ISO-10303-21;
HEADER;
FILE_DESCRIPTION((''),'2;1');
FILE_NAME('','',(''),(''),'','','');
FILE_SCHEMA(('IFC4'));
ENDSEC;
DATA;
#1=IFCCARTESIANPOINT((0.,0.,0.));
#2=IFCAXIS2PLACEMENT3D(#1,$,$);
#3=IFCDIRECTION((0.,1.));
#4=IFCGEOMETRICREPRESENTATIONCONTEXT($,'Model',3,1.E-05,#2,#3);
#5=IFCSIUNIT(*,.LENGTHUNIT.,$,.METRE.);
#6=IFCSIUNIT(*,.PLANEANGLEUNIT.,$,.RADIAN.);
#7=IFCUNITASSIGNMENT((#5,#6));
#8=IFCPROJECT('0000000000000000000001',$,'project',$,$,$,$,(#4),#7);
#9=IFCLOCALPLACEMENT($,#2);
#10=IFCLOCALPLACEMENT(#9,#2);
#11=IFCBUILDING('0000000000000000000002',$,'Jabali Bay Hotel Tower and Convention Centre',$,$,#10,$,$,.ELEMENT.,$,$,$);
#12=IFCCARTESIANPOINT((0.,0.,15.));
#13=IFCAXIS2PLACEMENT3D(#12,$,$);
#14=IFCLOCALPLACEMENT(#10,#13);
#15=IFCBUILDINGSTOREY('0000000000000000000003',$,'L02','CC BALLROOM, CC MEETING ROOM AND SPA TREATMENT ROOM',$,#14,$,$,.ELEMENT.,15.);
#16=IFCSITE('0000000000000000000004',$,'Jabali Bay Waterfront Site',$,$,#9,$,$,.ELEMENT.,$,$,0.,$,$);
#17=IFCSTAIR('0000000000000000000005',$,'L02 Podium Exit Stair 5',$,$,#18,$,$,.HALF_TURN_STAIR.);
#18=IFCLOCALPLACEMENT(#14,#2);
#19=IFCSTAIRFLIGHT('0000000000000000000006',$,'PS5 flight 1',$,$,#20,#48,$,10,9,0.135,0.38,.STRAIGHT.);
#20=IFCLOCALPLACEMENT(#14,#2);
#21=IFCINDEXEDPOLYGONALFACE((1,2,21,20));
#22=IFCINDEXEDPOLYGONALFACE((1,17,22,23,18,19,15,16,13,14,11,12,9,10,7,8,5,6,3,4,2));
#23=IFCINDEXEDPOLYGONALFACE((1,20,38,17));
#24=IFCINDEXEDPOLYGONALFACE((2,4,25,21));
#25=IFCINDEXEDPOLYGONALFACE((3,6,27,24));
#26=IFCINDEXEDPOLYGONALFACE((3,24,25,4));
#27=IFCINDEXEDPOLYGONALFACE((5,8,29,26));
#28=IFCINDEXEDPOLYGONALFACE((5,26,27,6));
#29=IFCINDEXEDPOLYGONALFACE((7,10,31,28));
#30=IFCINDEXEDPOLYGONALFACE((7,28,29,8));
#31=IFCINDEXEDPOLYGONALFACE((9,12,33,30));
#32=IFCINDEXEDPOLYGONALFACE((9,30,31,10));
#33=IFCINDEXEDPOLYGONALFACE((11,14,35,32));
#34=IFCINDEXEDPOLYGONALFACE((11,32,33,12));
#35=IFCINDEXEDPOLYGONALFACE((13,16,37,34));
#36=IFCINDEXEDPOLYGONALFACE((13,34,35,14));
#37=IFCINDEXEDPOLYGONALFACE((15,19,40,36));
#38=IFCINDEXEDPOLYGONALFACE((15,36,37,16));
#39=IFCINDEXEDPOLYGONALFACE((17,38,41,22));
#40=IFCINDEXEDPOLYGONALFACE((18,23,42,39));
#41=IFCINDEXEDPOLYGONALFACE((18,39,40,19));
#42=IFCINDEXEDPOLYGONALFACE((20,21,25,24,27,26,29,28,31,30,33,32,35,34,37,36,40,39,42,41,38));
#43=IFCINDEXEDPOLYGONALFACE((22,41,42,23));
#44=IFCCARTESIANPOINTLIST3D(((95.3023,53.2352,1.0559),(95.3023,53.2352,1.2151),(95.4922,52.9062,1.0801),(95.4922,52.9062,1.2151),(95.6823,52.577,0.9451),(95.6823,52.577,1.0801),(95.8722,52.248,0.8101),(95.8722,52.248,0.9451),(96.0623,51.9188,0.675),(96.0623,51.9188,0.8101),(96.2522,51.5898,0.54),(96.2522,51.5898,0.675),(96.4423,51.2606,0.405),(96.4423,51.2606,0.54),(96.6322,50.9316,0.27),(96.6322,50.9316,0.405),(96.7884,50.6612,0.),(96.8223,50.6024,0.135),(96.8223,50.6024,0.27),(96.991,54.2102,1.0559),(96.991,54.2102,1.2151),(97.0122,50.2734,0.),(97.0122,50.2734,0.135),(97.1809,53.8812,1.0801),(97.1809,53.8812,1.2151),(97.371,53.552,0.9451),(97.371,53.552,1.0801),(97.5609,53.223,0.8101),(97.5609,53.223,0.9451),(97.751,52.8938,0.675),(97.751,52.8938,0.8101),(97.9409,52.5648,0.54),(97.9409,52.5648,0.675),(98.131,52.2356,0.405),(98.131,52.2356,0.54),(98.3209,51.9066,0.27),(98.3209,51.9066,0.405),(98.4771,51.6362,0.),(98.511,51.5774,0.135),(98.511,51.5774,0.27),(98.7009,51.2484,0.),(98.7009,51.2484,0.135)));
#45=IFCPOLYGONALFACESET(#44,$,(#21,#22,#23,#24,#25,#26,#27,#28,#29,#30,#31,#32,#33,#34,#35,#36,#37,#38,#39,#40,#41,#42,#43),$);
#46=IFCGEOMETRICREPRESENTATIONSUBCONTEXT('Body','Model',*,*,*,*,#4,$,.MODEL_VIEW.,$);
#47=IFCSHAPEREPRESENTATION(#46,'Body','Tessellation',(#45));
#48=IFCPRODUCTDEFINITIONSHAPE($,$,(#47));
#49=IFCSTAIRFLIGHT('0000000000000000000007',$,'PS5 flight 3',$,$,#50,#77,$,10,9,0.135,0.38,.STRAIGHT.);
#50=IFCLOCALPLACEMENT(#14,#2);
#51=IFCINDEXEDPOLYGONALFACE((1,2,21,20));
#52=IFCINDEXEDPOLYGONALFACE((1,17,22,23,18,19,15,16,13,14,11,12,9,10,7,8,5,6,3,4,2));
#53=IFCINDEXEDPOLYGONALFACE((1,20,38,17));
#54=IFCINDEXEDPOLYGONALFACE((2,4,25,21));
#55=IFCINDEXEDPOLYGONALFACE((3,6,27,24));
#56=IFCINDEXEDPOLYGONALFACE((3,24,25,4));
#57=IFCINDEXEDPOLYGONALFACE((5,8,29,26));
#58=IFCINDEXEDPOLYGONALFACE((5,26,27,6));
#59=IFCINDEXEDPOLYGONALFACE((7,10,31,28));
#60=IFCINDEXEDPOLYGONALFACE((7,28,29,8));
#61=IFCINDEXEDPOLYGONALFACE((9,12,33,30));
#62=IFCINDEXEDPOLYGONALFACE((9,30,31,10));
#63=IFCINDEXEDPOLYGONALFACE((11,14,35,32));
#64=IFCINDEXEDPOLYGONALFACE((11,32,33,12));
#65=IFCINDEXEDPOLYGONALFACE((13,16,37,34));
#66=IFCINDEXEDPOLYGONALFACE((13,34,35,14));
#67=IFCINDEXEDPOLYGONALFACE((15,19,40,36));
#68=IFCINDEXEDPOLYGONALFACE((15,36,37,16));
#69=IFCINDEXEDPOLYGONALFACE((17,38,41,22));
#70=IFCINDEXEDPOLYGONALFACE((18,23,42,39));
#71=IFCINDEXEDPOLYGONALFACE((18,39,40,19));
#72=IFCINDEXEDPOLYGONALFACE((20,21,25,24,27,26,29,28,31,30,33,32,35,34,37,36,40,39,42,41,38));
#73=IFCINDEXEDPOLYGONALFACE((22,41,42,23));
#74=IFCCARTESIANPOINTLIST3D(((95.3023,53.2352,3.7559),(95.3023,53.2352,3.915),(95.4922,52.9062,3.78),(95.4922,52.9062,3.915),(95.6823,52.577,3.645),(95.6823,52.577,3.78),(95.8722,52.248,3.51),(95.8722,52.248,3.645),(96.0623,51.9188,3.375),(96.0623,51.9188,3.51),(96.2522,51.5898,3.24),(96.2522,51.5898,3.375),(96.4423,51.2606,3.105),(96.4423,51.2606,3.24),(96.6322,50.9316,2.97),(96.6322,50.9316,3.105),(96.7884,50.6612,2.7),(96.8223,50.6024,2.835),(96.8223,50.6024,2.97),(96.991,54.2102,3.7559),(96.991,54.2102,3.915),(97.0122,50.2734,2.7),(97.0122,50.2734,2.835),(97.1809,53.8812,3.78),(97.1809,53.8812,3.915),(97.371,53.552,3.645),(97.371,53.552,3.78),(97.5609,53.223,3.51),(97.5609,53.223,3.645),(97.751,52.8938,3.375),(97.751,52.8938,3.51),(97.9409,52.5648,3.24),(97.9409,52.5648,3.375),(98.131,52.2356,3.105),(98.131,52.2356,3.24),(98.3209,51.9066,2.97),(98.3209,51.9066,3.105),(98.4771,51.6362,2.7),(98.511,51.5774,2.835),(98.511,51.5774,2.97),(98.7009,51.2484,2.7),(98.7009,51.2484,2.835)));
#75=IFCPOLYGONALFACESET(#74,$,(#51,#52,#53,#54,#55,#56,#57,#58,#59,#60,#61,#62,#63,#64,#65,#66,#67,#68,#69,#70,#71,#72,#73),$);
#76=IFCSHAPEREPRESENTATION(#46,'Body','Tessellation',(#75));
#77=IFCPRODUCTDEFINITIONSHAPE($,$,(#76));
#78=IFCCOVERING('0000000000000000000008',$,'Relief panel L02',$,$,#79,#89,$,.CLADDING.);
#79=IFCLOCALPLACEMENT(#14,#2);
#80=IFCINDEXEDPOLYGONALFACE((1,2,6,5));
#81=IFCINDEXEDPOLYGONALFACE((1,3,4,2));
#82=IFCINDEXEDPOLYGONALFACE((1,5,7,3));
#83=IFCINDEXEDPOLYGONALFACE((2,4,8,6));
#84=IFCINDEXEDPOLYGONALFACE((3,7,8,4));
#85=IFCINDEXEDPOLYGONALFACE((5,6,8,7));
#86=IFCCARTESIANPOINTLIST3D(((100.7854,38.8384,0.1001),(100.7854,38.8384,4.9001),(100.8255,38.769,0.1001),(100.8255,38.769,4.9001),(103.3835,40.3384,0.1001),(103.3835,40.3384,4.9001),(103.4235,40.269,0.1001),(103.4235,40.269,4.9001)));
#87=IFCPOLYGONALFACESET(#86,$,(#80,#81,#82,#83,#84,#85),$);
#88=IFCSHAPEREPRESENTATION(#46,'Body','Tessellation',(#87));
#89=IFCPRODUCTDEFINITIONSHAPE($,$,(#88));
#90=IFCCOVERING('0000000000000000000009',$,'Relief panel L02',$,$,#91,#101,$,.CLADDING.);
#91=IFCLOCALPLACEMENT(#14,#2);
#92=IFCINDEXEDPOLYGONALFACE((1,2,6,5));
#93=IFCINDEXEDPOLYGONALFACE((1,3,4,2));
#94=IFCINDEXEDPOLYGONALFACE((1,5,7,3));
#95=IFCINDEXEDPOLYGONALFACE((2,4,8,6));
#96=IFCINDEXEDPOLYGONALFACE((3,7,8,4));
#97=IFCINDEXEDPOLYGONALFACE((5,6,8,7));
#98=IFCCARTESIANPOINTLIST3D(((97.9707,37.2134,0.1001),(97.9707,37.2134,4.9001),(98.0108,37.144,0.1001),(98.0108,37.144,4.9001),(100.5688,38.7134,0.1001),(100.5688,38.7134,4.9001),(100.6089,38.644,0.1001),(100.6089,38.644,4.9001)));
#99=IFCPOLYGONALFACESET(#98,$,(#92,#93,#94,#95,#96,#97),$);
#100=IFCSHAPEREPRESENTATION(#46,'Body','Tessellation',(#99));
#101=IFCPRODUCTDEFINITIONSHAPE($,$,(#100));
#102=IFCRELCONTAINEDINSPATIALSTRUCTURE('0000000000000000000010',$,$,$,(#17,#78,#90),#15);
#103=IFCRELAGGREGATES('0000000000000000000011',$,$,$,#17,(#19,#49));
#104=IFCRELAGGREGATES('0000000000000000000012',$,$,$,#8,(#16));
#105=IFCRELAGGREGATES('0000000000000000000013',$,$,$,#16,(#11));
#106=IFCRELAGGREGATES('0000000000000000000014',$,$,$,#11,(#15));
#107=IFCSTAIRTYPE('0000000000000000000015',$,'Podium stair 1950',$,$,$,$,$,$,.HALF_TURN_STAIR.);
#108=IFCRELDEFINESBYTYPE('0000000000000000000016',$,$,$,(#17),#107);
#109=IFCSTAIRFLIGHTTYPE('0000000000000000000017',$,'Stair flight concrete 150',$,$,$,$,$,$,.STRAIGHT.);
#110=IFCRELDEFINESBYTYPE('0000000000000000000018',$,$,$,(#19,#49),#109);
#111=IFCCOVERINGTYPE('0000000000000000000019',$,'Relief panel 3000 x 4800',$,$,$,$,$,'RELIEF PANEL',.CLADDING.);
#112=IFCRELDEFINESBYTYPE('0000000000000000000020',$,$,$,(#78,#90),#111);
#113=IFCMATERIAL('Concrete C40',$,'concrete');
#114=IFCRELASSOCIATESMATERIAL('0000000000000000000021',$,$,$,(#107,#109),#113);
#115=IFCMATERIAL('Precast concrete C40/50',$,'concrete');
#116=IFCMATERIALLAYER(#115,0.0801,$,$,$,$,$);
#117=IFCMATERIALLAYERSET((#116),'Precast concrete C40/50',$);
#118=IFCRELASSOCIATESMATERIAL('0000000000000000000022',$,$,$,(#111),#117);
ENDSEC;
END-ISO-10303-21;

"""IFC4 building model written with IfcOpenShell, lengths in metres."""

from ifc_helpers import new_model, si_unit, direction, frame, origin, origin_2d, place, context, subcontext, project, spatial, polyline, rectangle, outline, extrude, material, layer, layer_set, type_object, element, aggregate, save


model = new_model("IFC4")

# Units and contexts
model_context = context("Model", 3, precision=1e-05, world=origin(), true_north=direction((0.0, 1.0)))
body_context = subcontext(model_context, "Body", "Model", "MODEL_VIEW")
ifc_project = project(units=[si_unit("LENGTHUNIT", "METRE"), si_unit("PLANEANGLEUNIT", "RADIAN")], contexts=[model_context])

# Site, building, storey
site_placement = place(None, origin())
site = spatial("IfcSite", under=ifc_project, at=site_placement, Name="Jabali Bay Waterfront Site", CompositionType="ELEMENT", RefElevation=0.0)
building_placement = place(site_placement, origin())
building = spatial("IfcBuilding", under=site, at=building_placement, Name="Jabali Bay Hotel Tower and Convention Centre", CompositionType="ELEMENT")
storey_placement = place(building_placement, frame((0.0, 0.0, 15.0)))
storey = spatial("IfcBuildingStorey", under=building, at=storey_placement, Name="L02", Description="CC BALLROOM, CC MEETING ROOM AND SPA TREATMENT ROOM", CompositionType="ELEMENT", Elevation=15.0)

# Shared definitions
ifc_material_1 = material(Name="Concrete C40", Category="concrete")

# Stair, stair flights
stair_type = type_object("IfcStairType", Name="Podium stair 1950", PredefinedType="HALF_TURN_STAIR", material=ifc_material_1)
stair_placement = place(storey_placement, origin())
stair = element("IfcStair", 1, at=stair_placement, inside=storey, type_object=stair_type, Name="L02 Podium Exit Stair 5", PredefinedType="HALF_TURN_STAIR")
stair_flight_type = type_object("IfcStairFlightType", Name="Stair flight concrete 150", PredefinedType="STRAIGHT", material=ifc_material_1)
stair_flight_1_placement = place(storey_placement, frame((97.8567, 50.761, 0.0), z_axis=(0.0, 0.0, 1.0), x_axis=(-0.5, 0.866025, 0.0)))
stair_flight_1 = element("IfcStairFlight", 2, at=stair_flight_1_placement, type_object=stair_flight_type, Name="PS5 flight 1", NumberOfRisers=10, NumberOfTreads=9, PredefinedType="STRAIGHT", RiserHeight=0.135, TreadLength=0.38, context=body_context, shape_type="SweptSolid", body=[
    extrude(outline(polyline([(0.0, 0.0), (0.0, 0.135), (0.3799, 0.135), (0.3799, 0.27), (0.76, 0.27), (0.76, 0.405), (1.1399, 0.405), (1.1399, 0.54), (1.52, 0.54), (1.52, 0.675), (1.8999, 0.675), (1.8999, 0.8101), (2.28, 0.8101), (2.28, 0.9451), (2.6599, 0.9451), (2.6599, 1.0801), (3.04, 1.0801), (3.04, 1.2151), (3.4199, 1.2151), (3.4199, 1.3501), (3.4199, 1.0559), (0.4478, 0.0), (0.0, 0.0)])), frame((0.0, 0.9751, 0.0), z_axis=(0.0, -1.0, 0.0), x_axis=(1.0, 0.0, 0.0)), (0.0, 0.0, 1.0), 1.95),
])
stair_flight_2_placement = place(storey_placement, frame((97.8567, 50.761, 2.7), z_axis=(0.0, 0.0, 1.0), x_axis=(-0.5, 0.866025, 0.0)))
stair_flight_2 = element("IfcStairFlight", 3, at=stair_flight_2_placement, type_object=stair_flight_type, Name="PS5 flight 3", NumberOfRisers=10, NumberOfTreads=9, PredefinedType="STRAIGHT", RiserHeight=0.135, TreadLength=0.38, context=body_context, shape_type="SweptSolid", body=[
    extrude(outline(polyline([(0.0, 0.0), (0.0, 0.135), (0.3799, 0.135), (0.3799, 0.27), (0.76, 0.27), (0.76, 0.405), (1.1399, 0.405), (1.1399, 0.54), (1.52, 0.54), (1.52, 0.675), (1.8999, 0.675), (1.8999, 0.8101), (2.28, 0.8101), (2.28, 0.9451), (2.6599, 0.9451), (2.6599, 1.0801), (3.04, 1.0801), (3.04, 1.2151), (3.4199, 1.2151), (3.4199, 1.3501), (3.4199, 1.0559), (0.4478, 0.0), (0.0, 0.0)])), frame((0.0, 0.9751, 0.0), z_axis=(0.0, -1.0, 0.0), x_axis=(1.0, 0.0, 0.0)), (0.0, 0.0, 1.0), 1.95),
])
aggregate(stair, [stair_flight_1, stair_flight_2])

# Coverings
ifc_material_2 = material(Name="Precast concrete C40/50", Category="concrete")
ifc_layer_1 = layer(ifc_material_2, 0.0801)
ifc_layer_set_1 = layer_set([ifc_layer_1], Name="Precast concrete C40/50")
covering_type = type_object("IfcCoveringType", Name="Relief panel 3000 x 4800", ElementType="RELIEF PANEL", PredefinedType="CLADDING", material=ifc_layer_set_1)
for number, where, z_axis, x_axis, name in (
    (4, (102.1045, 39.5537, 0.1001), (0.0, 0.0, 1.0), (-0.866025, -0.5, 0.0), "Relief panel L02"),
    (5, (99.2898, 37.9287, 0.1001), (0.0, 0.0, 1.0), (-0.866025, -0.5, 0.0), "Relief panel L02"),
):
    element("IfcCovering", number, at=place(storey_placement, frame(where, z_axis=z_axis, x_axis=x_axis)), inside=storey, type_object=covering_type, Name=name, PredefinedType="CLADDING", context=body_context, shape_type="SweptSolid", body=[
        extrude(rectangle(XDim=3.0, YDim=0.0801, at=origin_2d()), origin(), (0.0, 0.0, 1.0), 4.8),
    ])

save(model, "model.ifc")
